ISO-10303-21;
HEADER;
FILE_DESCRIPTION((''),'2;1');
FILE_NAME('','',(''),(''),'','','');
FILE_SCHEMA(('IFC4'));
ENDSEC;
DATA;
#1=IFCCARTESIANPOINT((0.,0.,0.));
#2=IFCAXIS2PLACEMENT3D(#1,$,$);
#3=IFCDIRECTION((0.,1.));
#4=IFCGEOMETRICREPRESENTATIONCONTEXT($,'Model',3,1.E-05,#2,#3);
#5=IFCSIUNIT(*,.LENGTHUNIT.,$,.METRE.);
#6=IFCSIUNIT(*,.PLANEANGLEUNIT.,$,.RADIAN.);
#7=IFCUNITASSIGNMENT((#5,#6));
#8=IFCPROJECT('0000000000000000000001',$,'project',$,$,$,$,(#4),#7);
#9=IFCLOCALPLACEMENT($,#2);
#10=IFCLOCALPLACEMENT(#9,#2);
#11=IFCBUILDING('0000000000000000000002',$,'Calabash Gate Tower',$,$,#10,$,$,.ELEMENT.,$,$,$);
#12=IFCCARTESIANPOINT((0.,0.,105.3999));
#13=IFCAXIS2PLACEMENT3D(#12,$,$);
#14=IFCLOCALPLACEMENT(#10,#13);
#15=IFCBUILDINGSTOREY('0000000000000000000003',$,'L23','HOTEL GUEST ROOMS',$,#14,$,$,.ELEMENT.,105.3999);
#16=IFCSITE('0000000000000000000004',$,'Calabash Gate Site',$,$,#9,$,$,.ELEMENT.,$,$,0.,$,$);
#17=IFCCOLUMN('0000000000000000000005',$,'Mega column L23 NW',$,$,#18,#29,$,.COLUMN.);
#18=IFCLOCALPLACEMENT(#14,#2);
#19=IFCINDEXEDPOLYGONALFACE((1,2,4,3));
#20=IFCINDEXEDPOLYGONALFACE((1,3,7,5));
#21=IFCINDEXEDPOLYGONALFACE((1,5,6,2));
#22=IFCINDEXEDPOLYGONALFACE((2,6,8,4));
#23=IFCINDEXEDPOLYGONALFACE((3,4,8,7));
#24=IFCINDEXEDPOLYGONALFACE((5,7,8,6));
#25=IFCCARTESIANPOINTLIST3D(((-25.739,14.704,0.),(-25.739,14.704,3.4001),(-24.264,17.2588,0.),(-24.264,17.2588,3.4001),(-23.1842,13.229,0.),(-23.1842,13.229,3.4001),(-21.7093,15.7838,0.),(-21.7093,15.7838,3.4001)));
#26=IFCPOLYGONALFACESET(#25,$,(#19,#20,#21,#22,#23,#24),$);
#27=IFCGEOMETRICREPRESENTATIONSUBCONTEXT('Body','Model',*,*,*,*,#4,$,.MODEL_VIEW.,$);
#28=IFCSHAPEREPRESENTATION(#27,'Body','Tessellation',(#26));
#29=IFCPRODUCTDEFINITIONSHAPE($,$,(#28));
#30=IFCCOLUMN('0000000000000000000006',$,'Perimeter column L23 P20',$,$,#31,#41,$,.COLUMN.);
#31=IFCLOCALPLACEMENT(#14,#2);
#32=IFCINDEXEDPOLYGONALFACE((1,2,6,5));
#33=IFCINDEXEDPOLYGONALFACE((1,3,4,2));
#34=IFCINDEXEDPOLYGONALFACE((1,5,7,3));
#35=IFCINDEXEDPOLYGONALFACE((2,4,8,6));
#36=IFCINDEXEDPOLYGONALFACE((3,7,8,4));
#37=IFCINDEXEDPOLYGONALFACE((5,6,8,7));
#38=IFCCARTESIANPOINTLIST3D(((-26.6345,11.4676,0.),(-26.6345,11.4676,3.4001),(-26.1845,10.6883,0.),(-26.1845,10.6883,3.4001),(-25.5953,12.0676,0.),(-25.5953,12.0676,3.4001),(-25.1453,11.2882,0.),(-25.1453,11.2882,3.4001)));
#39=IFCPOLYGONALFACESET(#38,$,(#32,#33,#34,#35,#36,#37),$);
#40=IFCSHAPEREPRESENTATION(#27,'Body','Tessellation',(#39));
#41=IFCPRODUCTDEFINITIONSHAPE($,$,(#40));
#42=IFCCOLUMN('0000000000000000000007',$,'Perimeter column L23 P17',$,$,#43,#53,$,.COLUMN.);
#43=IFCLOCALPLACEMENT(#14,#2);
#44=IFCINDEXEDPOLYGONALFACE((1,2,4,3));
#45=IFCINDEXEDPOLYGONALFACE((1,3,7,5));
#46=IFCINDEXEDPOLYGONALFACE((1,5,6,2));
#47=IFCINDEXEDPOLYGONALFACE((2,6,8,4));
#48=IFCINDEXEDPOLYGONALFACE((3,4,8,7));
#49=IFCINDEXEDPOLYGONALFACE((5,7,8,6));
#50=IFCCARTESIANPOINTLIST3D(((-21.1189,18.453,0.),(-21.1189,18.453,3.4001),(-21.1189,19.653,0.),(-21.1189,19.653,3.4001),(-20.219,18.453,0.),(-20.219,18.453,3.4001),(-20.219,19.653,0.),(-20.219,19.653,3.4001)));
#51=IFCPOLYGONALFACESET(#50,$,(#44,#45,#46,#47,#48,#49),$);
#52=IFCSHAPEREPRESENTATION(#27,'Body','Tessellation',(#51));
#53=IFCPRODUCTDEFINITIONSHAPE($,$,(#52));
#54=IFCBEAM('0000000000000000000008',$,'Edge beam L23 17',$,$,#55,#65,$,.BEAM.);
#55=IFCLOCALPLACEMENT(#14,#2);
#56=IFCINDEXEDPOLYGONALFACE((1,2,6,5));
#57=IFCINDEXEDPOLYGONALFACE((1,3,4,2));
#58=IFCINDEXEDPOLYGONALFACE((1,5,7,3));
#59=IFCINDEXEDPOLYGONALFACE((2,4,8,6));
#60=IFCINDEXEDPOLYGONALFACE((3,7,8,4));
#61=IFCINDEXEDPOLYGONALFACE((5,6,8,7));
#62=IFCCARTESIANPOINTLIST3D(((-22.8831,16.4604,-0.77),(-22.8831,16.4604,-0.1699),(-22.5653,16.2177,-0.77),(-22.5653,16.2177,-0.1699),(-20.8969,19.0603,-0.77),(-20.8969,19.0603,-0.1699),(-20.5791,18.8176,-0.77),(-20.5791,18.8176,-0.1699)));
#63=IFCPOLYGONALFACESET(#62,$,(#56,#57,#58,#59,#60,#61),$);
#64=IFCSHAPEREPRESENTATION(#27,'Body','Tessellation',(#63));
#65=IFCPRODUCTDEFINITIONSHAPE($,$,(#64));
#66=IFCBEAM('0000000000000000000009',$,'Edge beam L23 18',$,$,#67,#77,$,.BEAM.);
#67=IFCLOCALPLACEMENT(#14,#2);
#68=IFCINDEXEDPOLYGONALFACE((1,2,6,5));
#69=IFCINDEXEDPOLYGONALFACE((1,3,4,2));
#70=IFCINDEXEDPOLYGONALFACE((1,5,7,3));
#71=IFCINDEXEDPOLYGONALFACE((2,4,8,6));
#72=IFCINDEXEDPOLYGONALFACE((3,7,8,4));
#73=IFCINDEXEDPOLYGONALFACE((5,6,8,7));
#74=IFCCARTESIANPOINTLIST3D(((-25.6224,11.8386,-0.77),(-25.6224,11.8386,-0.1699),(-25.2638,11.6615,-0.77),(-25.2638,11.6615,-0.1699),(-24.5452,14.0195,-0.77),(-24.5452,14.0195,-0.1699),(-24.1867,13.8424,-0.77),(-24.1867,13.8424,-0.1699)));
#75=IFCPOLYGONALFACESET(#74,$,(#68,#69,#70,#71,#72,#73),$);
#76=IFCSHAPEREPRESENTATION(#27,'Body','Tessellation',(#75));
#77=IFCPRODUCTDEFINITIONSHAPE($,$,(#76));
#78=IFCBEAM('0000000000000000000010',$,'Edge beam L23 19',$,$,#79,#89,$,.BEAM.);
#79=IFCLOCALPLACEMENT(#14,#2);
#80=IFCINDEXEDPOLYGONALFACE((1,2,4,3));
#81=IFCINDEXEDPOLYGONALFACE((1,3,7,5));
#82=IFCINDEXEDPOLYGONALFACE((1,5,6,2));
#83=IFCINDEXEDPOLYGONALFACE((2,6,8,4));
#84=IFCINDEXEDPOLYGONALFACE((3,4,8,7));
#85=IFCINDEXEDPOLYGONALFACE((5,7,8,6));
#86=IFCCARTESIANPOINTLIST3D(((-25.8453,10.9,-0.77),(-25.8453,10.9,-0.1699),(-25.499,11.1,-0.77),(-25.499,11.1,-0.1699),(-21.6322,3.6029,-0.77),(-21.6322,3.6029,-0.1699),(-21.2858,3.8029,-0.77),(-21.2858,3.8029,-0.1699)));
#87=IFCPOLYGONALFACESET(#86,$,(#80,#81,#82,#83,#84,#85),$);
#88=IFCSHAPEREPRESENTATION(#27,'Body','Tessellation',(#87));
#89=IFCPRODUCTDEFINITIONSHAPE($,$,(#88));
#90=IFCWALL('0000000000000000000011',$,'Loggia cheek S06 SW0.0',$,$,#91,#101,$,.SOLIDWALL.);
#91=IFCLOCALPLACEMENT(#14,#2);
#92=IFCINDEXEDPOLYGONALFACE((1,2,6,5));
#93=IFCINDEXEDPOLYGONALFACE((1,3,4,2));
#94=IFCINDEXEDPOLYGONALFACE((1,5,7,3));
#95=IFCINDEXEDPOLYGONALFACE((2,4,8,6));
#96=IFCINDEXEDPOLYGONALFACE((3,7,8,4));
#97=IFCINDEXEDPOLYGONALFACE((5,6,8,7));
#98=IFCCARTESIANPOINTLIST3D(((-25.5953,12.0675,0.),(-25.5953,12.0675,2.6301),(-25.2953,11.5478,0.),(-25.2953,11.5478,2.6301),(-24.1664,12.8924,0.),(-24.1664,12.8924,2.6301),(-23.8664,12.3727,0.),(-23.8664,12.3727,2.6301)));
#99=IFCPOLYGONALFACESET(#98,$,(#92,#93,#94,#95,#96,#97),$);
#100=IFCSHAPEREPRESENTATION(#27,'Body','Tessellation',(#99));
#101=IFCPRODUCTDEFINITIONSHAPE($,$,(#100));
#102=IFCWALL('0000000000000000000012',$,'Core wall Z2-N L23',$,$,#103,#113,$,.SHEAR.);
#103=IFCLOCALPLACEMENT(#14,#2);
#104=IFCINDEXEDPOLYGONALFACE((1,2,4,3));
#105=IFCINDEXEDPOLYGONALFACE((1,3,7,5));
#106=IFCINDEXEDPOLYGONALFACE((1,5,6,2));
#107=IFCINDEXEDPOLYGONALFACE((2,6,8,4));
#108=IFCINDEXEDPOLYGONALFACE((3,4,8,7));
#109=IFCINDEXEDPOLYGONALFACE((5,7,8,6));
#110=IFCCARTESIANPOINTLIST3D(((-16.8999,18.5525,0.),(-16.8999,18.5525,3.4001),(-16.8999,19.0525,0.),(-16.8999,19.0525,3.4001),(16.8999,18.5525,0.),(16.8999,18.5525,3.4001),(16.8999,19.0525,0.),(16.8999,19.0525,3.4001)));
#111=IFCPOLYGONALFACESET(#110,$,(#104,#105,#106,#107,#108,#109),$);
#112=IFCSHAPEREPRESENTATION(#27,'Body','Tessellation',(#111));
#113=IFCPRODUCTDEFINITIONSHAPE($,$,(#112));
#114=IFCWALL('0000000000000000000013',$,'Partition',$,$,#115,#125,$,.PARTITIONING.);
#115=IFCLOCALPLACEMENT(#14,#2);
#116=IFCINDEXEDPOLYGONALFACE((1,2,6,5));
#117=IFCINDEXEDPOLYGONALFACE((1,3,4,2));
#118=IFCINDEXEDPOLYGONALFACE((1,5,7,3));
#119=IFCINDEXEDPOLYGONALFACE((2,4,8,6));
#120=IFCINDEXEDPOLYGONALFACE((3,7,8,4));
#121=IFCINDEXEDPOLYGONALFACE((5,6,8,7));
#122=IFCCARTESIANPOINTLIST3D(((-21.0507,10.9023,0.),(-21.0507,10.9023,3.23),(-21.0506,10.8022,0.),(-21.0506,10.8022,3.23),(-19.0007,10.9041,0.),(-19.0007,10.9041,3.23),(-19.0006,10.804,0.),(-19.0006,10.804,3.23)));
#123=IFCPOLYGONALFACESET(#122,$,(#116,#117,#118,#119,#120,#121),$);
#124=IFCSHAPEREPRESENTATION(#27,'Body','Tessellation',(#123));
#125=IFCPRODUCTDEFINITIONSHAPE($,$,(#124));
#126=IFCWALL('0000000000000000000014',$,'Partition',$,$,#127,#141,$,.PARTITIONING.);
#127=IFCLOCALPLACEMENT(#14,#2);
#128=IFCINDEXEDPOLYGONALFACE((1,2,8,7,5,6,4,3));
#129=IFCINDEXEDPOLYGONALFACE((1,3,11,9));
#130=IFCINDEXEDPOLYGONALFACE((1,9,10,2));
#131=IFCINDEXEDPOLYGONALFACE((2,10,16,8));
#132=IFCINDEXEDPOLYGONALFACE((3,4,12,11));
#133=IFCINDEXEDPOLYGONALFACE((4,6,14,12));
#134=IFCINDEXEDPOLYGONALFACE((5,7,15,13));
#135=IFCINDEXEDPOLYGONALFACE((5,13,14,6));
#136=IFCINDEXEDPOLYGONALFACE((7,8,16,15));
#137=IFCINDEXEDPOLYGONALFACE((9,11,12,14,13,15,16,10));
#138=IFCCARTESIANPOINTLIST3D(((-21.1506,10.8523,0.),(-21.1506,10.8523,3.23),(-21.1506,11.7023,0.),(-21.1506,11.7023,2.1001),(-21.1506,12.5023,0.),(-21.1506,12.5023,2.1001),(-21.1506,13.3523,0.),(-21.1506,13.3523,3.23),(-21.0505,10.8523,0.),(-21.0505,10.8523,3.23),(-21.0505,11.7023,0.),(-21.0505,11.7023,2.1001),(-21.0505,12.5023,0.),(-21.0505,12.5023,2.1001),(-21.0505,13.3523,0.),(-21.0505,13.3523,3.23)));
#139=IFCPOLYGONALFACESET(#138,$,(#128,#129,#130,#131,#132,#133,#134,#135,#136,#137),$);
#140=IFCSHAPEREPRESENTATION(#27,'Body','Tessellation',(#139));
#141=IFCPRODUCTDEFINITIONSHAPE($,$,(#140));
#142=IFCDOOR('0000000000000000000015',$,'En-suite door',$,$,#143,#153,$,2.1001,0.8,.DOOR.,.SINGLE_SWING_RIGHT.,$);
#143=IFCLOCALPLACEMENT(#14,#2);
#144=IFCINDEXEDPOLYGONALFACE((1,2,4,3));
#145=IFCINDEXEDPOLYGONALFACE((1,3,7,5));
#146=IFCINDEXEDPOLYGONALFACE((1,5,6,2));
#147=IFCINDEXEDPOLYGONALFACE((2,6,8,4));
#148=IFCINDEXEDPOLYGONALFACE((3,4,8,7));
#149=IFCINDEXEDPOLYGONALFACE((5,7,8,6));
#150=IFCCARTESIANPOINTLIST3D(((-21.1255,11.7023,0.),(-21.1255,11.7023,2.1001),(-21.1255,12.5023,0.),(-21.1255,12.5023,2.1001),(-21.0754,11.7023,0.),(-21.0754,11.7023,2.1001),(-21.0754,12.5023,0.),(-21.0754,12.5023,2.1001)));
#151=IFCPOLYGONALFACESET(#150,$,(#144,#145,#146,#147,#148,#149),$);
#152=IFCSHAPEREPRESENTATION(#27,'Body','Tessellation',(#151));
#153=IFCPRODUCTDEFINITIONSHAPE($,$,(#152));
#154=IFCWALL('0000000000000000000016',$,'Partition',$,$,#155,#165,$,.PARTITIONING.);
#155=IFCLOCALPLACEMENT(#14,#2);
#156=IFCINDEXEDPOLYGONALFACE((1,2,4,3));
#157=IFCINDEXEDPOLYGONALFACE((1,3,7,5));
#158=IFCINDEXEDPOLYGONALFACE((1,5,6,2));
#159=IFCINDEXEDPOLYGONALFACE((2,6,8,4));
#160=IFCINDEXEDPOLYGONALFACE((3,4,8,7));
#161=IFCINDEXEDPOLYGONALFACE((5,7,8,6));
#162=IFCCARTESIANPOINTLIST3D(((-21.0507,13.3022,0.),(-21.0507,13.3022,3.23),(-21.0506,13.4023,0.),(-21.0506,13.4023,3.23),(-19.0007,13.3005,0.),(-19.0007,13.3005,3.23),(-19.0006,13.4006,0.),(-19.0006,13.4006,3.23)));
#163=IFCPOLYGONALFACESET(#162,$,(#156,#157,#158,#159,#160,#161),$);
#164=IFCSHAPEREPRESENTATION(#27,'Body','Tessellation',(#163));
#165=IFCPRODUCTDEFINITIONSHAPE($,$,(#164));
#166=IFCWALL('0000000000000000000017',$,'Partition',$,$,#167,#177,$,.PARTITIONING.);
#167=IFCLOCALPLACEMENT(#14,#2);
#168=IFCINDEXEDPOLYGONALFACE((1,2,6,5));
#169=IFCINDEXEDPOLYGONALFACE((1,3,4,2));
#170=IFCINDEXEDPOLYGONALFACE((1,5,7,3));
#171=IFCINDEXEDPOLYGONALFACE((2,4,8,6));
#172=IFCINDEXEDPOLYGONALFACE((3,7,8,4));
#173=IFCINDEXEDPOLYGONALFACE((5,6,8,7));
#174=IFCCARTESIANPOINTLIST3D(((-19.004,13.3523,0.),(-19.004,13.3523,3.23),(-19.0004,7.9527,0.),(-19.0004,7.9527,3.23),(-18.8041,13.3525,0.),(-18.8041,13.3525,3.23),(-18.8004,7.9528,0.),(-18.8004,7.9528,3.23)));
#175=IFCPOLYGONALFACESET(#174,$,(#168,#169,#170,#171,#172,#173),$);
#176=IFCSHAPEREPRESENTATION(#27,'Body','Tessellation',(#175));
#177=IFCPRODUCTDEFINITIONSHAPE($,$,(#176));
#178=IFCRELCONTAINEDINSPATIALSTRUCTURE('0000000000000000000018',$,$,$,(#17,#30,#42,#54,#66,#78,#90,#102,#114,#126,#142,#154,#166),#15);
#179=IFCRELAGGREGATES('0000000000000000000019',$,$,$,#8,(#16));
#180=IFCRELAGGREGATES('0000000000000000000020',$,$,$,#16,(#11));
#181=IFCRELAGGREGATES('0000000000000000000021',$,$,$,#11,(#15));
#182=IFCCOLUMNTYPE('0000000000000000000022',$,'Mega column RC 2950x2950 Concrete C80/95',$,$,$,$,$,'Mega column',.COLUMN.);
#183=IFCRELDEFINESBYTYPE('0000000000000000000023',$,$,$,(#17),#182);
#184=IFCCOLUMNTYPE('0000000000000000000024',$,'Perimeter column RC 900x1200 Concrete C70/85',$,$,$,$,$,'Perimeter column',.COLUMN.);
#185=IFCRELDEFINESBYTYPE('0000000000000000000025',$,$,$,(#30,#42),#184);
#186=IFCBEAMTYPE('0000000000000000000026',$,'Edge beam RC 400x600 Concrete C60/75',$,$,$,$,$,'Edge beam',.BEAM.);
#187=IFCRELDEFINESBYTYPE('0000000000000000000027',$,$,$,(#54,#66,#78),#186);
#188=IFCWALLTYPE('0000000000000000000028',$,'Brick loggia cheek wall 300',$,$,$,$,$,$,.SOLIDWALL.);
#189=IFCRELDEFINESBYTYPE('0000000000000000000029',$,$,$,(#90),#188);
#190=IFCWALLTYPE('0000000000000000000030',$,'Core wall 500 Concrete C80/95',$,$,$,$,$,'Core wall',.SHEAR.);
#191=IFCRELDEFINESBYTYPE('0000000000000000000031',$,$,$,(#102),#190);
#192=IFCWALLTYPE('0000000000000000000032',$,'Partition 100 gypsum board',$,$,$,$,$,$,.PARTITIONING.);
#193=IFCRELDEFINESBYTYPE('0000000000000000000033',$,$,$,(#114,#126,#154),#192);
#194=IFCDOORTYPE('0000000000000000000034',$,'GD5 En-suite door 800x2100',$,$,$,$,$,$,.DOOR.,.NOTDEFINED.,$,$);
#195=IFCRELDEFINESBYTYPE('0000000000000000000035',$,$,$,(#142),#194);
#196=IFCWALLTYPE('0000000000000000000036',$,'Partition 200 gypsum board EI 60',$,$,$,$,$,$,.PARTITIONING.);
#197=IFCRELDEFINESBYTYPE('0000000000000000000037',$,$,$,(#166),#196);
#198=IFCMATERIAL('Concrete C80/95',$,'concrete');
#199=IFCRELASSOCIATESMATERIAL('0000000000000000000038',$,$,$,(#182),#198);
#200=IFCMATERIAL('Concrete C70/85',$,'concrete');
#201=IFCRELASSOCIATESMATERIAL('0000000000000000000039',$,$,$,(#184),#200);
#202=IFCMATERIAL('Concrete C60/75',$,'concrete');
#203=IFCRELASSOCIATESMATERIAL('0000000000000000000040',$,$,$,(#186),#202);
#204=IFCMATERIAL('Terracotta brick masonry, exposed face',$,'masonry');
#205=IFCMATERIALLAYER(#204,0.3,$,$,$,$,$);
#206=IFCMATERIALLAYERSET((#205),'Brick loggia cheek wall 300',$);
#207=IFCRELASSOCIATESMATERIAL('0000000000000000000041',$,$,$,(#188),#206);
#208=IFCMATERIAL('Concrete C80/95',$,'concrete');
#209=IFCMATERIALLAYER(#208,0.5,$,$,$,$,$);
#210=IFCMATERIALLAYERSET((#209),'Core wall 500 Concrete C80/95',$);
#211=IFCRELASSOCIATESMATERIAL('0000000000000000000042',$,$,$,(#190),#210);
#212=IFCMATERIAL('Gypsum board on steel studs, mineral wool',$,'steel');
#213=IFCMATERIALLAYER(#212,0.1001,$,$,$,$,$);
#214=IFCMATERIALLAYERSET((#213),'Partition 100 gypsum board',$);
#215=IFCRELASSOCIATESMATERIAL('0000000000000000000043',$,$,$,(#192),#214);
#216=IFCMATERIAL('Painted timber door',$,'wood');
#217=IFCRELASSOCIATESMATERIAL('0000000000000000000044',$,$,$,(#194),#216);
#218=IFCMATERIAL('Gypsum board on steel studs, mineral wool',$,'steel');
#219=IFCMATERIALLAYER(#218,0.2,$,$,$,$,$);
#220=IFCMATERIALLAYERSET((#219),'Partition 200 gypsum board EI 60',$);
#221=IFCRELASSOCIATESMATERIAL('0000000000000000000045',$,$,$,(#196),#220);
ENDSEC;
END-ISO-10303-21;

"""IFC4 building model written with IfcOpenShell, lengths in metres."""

from ifc_helpers import new_model, si_unit, direction, frame, frame_2d, origin, origin_2d, place, context, subcontext, project, spatial, rectangle, extrude, material, layer, layer_set, material_profile, profile_set, type_object, element, fill, save


model = new_model("IFC4")

# Units and contexts
model_context = context("Model", 3, precision=1e-05, world=origin(), true_north=direction((0.0, 1.0)))
body_context = subcontext(model_context, "Body", "Model", "MODEL_VIEW")
ifc_project = project(units=[si_unit("LENGTHUNIT", "METRE"), si_unit("PLANEANGLEUNIT", "RADIAN")], contexts=[model_context])

# Site, building, storey
site_placement = place(None, origin())
site = spatial("IfcSite", under=ifc_project, at=site_placement, Name="Calabash Gate Site", CompositionType="ELEMENT", RefElevation=0.0)
building_placement = place(site_placement, origin())
building = spatial("IfcBuilding", under=site, at=building_placement, Name="Calabash Gate Tower", CompositionType="ELEMENT")
storey_placement = place(building_placement, frame((0.0, 0.0, 105.3999)))
storey = spatial("IfcBuildingStorey", under=building, at=storey_placement, Name="L23", Description="HOTEL GUEST ROOMS", CompositionType="ELEMENT", Elevation=105.3999)

# Columns
ifc_material_1 = material(Name="Concrete C80/95", Category="concrete")
ifc_material_profile_1 = material_profile(ifc_material_1, rectangle(XDim=2.95, YDim=2.95, at=origin_2d()))
ifc_profile_set_1 = profile_set([ifc_material_profile_1], Name="Concrete C80/95")
column_type_1 = type_object("IfcColumnType", Name="Mega column RC 2950x2950 Concrete C80/95", ElementType="Mega column", PredefinedType="COLUMN", material=ifc_profile_set_1)
column_placement = place(storey_placement, frame((-23.7241, 15.2439, 0.0), z_axis=(0.0, 0.0, 1.0), x_axis=(0.866025, -0.5, 0.0)))
element("IfcColumn", 1, at=column_placement, inside=storey, type_object=column_type_1, Name="Mega column L23 NW", PredefinedType="COLUMN", context=body_context, shape_type="SweptSolid", body=[
    extrude(rectangle(XDim=2.95, YDim=2.95, at=origin_2d()), origin(), (0.0, 0.0, 1.0), 3.4001),
])
ifc_material_2 = material(Name="Concrete C70/85", Category="concrete")
ifc_material_profile_2 = material_profile(ifc_material_2, rectangle(XDim=0.8999, YDim=1.2, at=origin_2d()))
ifc_profile_set_2 = profile_set([ifc_material_profile_2], Name="Concrete C70/85")
column_type_2 = type_object("IfcColumnType", Name="Perimeter column RC 900x1200 Concrete C70/85", ElementType="Perimeter column", PredefinedType="COLUMN", material=ifc_profile_set_2)
for number, where, z_axis, x_axis, name in (
    (2, (-25.8899, 11.3779, 0.0), (0.0, 0.0, 1.0), (0.5, -0.866025, 0.0), "Perimeter column L23 P20"),
    (3, (-20.6689, 19.053, 0.0), (0.0, 0.0, 1.0), (-1.0, 0.0, 0.0), "Perimeter column L23 P17"),
):
    element("IfcColumn", number, at=place(storey_placement, frame(where, z_axis=z_axis, x_axis=x_axis)), inside=storey, type_object=column_type_2, Name=name, PredefinedType="COLUMN", context=body_context, shape_type="SweptSolid", body=[
        extrude(rectangle(XDim=0.8999, YDim=1.2, at=origin_2d()), origin(), (0.0, 0.0, 1.0), 3.4001),
    ])

# Beams
ifc_material_3 = material(Name="Concrete C60/75", Category="concrete")
ifc_material_profile_3 = material_profile(ifc_material_3, rectangle(XDim=0.3999, YDim=0.6001, at=origin_2d()))
ifc_profile_set_3 = profile_set([ifc_material_profile_3], Name="Concrete C60/75")
beam_type = type_object("IfcBeamType", Name="Edge beam RC 400x600 Concrete C60/75", ElementType="Edge beam", PredefinedType="BEAM", material=ifc_profile_set_3)
beam_1_placement = place(storey_placement, frame((-20.738, 18.939, -0.47), z_axis=(-0.607057, -0.794659, 0.0), x_axis=(0.794659, -0.607057, 0.0)))
element("IfcBeam", 4, at=beam_1_placement, inside=storey, type_object=beam_type, Name="Edge beam L23 17", PredefinedType="BEAM", context=body_context, shape_type="SweptSolid", body=[
    extrude(rectangle(XDim=0.3999, YDim=0.6001, at=origin_2d()), origin(), (0.0, 0.0, 1.0), 3.2717),
])
beam_2_placement = place(storey_placement, frame((-24.366, 13.9309, -0.47), z_axis=(-0.442832, -0.896605, 0.0), x_axis=(0.896605, -0.442832, 0.0)))
element("IfcBeam", 5, at=beam_2_placement, inside=storey, type_object=beam_type, Name="Edge beam L23 18", PredefinedType="BEAM", context=body_context, shape_type="SweptSolid", body=[
    extrude(rectangle(XDim=0.3999, YDim=0.6001, at=origin_2d()), origin(), (0.0, 0.0, 1.0), 2.4324),
])
beam_3_placement = place(storey_placement, frame((-25.6721, 11.0, -0.47), z_axis=(0.500013, -0.866018, 0.0), x_axis=(0.866018, 0.500013, 0.0)))
element("IfcBeam", 6, at=beam_3_placement, inside=storey, type_object=beam_type, Name="Edge beam L23 19", PredefinedType="BEAM", context=body_context, shape_type="SweptSolid", body=[
    extrude(rectangle(XDim=0.3999, YDim=0.6001, at=origin_2d()), origin(), (0.0, 0.0, 1.0), 8.426),
])

# Walls
ifc_material_4 = material(Name="Terracotta brick masonry, exposed face", Category="masonry")
ifc_layer_1 = layer(ifc_material_4, 0.3)
ifc_layer_set_1 = layer_set([ifc_layer_1], Name="Brick loggia cheek wall 300")
wall_type_1 = type_object("IfcWallType", Name="Brick loggia cheek wall 300", PredefinedType="SOLIDWALL", material=ifc_layer_set_1)
wall_1_placement = place(storey_placement, frame((-25.4453, 11.8076, 0.0), z_axis=(0.0, 0.0, 1.0), x_axis=(0.86604, 0.499974, 0.0)))
element("IfcWall", 7, at=wall_1_placement, inside=storey, type_object=wall_type_1, Name="Loggia cheek S06 SW0.0", PredefinedType="SOLIDWALL", context=body_context, shape_type="SweptSolid", body=[
    extrude(rectangle(XDim=1.6499, YDim=0.6001, at=frame_2d((0.825, 0.0))), origin(), (0.0, 0.0, 1.0), 2.6301),
])
ifc_material_5 = material(Name="Concrete C80/95", Category="concrete")
ifc_layer_2 = layer(ifc_material_5, 0.5)
ifc_layer_set_2 = layer_set([ifc_layer_2], Name="Core wall 500 Concrete C80/95")
wall_type_2 = type_object("IfcWallType", Name="Core wall 500 Concrete C80/95", ElementType="Core wall", PredefinedType="SHEAR", material=ifc_layer_set_2)
wall_2_placement = place(storey_placement, frame((-16.8999, 18.8025, 0.0), z_axis=(0.0, 0.0, 1.0), x_axis=(1.0, 0.0, 0.0)))
element("IfcWall", 8, at=wall_2_placement, inside=storey, type_object=wall_type_2, Name="Core wall Z2-N L23", PredefinedType="SHEAR", context=body_context, shape_type="SweptSolid", body=[
    extrude(rectangle(XDim=33.7998, YDim=0.5, at=frame_2d((16.8999, 0.0))), origin(), (0.0, 0.0, 1.0), 3.4001),
])
ifc_material_6 = material(Name="Gypsum board on steel studs, mineral wool", Category="steel")
ifc_layer_3 = layer(ifc_material_6, 0.1001)
ifc_layer_set_3 = layer_set([ifc_layer_3], Name="Partition 100 gypsum board")
wall_type_3 = type_object("IfcWallType", Name="Partition 100 gypsum board", PredefinedType="PARTITIONING", material=ifc_layer_set_3)
wall_3_placement = place(storey_placement, frame((-21.0505, 10.8523, 0.0), z_axis=(0.0, 0.0, 1.0), x_axis=(1.0, 0.000834, 0.0)))
element("IfcWall", 9, at=wall_3_placement, inside=storey, type_object=wall_type_3, Name="Partition", PredefinedType="PARTITIONING", context=body_context, shape_type="SweptSolid", body=[
    extrude(rectangle(XDim=2.05, YDim=0.1001, at=frame_2d((1.0249, 0.0))), origin(), (0.0, 0.0, 1.0), 3.23),
])

# Wall, opening, door
wall_4_placement = place(storey_placement, frame((-21.1006, 10.8523, 0.0), z_axis=(0.0, 0.0, 1.0), x_axis=(0.0, 1.0, 0.0)))
wall_4 = element("IfcWall", 10, at=wall_4_placement, inside=storey, type_object=wall_type_3, Name="Partition", PredefinedType="PARTITIONING", context=body_context, shape_type="SweptSolid", body=[
    extrude(rectangle(XDim=2.5, YDim=0.1001, at=frame_2d((1.25, 0.0))), origin(), (0.0, 0.0, 1.0), 3.23),
])
opening_1_placement = place(wall_4_placement, frame((0.8501, 0.0, 0.0)))
opening_1 = element("IfcOpeningElement", 11, at=opening_1_placement, cuts=wall_4, PredefinedType="OPENING", context=body_context, shape_type="SweptSolid", body=[
    extrude(rectangle(XDim=0.8, YDim=2.1001, at=frame_2d((0.3999, 1.05))), frame((0.0, 0.0601, 0.0), z_axis=(0.0, -1.0, 0.0), x_axis=(1.0, 0.0, 0.0)), (0.0, 0.0, 1.0), 0.1201),
])
ifc_material_7 = material(Name="Painted timber door", Category="wood")
door_type_1 = type_object("IfcDoorType", Name="GD5 En-suite door 800x2100", OperationType="NOTDEFINED", PredefinedType="DOOR", material=ifc_material_7)
door_1_placement = place(opening_1_placement, origin())
door_1 = element("IfcDoor", 12, at=door_1_placement, inside=storey, type_object=door_type_1, Name="En-suite door", OperationType="SINGLE_SWING_RIGHT", OverallHeight=2.1001, OverallWidth=0.8, PredefinedType="DOOR", context=body_context, shape_type="SweptSolid", body=[
    extrude(rectangle(XDim=0.8, YDim=2.1001, at=frame_2d((0.3999, 1.05))), frame((0.0, 0.0249, 0.0), z_axis=(0.0, -1.0, 0.0), x_axis=(1.0, 0.0, 0.0)), (0.0, 0.0, 1.0), 0.05),
])
fill(opening_1, door_1)

# Walls
wall_5_placement = place(storey_placement, frame((-21.0505, 13.3523, 0.0), z_axis=(0.0, 0.0, 1.0), x_axis=(1.0, -0.000834, 0.0)))
element("IfcWall", 13, at=wall_5_placement, inside=storey, type_object=wall_type_3, Name="Partition", PredefinedType="PARTITIONING", context=body_context, shape_type="SweptSolid", body=[
    extrude(rectangle(XDim=2.05, YDim=0.1001, at=frame_2d((1.0249, 0.0))), origin(), (0.0, 0.0, 1.0), 3.23),
])
ifc_material_8 = material(Name="Gypsum board on steel studs, mineral wool", Category="steel")
ifc_layer_4 = layer(ifc_material_8, 0.2)
ifc_layer_set_4 = layer_set([ifc_layer_4], Name="Partition 200 gypsum board EI 60")
wall_type_4 = type_object("IfcWallType", Name="Partition 200 gypsum board EI 60", PredefinedType="PARTITIONING", material=ifc_layer_set_4)
wall_6_placement = place(storey_placement, frame((-18.9041, 13.3523, 0.0), z_axis=(0.0, 0.0, 1.0), x_axis=(0.000678, -1.0, 0.0)))
element("IfcWall", 14, at=wall_6_placement, inside=storey, type_object=wall_type_4, Name="Partition", PredefinedType="PARTITIONING", context=body_context, shape_type="SweptSolid", body=[
    extrude(rectangle(XDim=5.3997, YDim=0.2, at=frame_2d((2.6997, 0.0))), origin(), (0.0, 0.0, 1.0), 3.23),
])

save(model, "model.ifc")
